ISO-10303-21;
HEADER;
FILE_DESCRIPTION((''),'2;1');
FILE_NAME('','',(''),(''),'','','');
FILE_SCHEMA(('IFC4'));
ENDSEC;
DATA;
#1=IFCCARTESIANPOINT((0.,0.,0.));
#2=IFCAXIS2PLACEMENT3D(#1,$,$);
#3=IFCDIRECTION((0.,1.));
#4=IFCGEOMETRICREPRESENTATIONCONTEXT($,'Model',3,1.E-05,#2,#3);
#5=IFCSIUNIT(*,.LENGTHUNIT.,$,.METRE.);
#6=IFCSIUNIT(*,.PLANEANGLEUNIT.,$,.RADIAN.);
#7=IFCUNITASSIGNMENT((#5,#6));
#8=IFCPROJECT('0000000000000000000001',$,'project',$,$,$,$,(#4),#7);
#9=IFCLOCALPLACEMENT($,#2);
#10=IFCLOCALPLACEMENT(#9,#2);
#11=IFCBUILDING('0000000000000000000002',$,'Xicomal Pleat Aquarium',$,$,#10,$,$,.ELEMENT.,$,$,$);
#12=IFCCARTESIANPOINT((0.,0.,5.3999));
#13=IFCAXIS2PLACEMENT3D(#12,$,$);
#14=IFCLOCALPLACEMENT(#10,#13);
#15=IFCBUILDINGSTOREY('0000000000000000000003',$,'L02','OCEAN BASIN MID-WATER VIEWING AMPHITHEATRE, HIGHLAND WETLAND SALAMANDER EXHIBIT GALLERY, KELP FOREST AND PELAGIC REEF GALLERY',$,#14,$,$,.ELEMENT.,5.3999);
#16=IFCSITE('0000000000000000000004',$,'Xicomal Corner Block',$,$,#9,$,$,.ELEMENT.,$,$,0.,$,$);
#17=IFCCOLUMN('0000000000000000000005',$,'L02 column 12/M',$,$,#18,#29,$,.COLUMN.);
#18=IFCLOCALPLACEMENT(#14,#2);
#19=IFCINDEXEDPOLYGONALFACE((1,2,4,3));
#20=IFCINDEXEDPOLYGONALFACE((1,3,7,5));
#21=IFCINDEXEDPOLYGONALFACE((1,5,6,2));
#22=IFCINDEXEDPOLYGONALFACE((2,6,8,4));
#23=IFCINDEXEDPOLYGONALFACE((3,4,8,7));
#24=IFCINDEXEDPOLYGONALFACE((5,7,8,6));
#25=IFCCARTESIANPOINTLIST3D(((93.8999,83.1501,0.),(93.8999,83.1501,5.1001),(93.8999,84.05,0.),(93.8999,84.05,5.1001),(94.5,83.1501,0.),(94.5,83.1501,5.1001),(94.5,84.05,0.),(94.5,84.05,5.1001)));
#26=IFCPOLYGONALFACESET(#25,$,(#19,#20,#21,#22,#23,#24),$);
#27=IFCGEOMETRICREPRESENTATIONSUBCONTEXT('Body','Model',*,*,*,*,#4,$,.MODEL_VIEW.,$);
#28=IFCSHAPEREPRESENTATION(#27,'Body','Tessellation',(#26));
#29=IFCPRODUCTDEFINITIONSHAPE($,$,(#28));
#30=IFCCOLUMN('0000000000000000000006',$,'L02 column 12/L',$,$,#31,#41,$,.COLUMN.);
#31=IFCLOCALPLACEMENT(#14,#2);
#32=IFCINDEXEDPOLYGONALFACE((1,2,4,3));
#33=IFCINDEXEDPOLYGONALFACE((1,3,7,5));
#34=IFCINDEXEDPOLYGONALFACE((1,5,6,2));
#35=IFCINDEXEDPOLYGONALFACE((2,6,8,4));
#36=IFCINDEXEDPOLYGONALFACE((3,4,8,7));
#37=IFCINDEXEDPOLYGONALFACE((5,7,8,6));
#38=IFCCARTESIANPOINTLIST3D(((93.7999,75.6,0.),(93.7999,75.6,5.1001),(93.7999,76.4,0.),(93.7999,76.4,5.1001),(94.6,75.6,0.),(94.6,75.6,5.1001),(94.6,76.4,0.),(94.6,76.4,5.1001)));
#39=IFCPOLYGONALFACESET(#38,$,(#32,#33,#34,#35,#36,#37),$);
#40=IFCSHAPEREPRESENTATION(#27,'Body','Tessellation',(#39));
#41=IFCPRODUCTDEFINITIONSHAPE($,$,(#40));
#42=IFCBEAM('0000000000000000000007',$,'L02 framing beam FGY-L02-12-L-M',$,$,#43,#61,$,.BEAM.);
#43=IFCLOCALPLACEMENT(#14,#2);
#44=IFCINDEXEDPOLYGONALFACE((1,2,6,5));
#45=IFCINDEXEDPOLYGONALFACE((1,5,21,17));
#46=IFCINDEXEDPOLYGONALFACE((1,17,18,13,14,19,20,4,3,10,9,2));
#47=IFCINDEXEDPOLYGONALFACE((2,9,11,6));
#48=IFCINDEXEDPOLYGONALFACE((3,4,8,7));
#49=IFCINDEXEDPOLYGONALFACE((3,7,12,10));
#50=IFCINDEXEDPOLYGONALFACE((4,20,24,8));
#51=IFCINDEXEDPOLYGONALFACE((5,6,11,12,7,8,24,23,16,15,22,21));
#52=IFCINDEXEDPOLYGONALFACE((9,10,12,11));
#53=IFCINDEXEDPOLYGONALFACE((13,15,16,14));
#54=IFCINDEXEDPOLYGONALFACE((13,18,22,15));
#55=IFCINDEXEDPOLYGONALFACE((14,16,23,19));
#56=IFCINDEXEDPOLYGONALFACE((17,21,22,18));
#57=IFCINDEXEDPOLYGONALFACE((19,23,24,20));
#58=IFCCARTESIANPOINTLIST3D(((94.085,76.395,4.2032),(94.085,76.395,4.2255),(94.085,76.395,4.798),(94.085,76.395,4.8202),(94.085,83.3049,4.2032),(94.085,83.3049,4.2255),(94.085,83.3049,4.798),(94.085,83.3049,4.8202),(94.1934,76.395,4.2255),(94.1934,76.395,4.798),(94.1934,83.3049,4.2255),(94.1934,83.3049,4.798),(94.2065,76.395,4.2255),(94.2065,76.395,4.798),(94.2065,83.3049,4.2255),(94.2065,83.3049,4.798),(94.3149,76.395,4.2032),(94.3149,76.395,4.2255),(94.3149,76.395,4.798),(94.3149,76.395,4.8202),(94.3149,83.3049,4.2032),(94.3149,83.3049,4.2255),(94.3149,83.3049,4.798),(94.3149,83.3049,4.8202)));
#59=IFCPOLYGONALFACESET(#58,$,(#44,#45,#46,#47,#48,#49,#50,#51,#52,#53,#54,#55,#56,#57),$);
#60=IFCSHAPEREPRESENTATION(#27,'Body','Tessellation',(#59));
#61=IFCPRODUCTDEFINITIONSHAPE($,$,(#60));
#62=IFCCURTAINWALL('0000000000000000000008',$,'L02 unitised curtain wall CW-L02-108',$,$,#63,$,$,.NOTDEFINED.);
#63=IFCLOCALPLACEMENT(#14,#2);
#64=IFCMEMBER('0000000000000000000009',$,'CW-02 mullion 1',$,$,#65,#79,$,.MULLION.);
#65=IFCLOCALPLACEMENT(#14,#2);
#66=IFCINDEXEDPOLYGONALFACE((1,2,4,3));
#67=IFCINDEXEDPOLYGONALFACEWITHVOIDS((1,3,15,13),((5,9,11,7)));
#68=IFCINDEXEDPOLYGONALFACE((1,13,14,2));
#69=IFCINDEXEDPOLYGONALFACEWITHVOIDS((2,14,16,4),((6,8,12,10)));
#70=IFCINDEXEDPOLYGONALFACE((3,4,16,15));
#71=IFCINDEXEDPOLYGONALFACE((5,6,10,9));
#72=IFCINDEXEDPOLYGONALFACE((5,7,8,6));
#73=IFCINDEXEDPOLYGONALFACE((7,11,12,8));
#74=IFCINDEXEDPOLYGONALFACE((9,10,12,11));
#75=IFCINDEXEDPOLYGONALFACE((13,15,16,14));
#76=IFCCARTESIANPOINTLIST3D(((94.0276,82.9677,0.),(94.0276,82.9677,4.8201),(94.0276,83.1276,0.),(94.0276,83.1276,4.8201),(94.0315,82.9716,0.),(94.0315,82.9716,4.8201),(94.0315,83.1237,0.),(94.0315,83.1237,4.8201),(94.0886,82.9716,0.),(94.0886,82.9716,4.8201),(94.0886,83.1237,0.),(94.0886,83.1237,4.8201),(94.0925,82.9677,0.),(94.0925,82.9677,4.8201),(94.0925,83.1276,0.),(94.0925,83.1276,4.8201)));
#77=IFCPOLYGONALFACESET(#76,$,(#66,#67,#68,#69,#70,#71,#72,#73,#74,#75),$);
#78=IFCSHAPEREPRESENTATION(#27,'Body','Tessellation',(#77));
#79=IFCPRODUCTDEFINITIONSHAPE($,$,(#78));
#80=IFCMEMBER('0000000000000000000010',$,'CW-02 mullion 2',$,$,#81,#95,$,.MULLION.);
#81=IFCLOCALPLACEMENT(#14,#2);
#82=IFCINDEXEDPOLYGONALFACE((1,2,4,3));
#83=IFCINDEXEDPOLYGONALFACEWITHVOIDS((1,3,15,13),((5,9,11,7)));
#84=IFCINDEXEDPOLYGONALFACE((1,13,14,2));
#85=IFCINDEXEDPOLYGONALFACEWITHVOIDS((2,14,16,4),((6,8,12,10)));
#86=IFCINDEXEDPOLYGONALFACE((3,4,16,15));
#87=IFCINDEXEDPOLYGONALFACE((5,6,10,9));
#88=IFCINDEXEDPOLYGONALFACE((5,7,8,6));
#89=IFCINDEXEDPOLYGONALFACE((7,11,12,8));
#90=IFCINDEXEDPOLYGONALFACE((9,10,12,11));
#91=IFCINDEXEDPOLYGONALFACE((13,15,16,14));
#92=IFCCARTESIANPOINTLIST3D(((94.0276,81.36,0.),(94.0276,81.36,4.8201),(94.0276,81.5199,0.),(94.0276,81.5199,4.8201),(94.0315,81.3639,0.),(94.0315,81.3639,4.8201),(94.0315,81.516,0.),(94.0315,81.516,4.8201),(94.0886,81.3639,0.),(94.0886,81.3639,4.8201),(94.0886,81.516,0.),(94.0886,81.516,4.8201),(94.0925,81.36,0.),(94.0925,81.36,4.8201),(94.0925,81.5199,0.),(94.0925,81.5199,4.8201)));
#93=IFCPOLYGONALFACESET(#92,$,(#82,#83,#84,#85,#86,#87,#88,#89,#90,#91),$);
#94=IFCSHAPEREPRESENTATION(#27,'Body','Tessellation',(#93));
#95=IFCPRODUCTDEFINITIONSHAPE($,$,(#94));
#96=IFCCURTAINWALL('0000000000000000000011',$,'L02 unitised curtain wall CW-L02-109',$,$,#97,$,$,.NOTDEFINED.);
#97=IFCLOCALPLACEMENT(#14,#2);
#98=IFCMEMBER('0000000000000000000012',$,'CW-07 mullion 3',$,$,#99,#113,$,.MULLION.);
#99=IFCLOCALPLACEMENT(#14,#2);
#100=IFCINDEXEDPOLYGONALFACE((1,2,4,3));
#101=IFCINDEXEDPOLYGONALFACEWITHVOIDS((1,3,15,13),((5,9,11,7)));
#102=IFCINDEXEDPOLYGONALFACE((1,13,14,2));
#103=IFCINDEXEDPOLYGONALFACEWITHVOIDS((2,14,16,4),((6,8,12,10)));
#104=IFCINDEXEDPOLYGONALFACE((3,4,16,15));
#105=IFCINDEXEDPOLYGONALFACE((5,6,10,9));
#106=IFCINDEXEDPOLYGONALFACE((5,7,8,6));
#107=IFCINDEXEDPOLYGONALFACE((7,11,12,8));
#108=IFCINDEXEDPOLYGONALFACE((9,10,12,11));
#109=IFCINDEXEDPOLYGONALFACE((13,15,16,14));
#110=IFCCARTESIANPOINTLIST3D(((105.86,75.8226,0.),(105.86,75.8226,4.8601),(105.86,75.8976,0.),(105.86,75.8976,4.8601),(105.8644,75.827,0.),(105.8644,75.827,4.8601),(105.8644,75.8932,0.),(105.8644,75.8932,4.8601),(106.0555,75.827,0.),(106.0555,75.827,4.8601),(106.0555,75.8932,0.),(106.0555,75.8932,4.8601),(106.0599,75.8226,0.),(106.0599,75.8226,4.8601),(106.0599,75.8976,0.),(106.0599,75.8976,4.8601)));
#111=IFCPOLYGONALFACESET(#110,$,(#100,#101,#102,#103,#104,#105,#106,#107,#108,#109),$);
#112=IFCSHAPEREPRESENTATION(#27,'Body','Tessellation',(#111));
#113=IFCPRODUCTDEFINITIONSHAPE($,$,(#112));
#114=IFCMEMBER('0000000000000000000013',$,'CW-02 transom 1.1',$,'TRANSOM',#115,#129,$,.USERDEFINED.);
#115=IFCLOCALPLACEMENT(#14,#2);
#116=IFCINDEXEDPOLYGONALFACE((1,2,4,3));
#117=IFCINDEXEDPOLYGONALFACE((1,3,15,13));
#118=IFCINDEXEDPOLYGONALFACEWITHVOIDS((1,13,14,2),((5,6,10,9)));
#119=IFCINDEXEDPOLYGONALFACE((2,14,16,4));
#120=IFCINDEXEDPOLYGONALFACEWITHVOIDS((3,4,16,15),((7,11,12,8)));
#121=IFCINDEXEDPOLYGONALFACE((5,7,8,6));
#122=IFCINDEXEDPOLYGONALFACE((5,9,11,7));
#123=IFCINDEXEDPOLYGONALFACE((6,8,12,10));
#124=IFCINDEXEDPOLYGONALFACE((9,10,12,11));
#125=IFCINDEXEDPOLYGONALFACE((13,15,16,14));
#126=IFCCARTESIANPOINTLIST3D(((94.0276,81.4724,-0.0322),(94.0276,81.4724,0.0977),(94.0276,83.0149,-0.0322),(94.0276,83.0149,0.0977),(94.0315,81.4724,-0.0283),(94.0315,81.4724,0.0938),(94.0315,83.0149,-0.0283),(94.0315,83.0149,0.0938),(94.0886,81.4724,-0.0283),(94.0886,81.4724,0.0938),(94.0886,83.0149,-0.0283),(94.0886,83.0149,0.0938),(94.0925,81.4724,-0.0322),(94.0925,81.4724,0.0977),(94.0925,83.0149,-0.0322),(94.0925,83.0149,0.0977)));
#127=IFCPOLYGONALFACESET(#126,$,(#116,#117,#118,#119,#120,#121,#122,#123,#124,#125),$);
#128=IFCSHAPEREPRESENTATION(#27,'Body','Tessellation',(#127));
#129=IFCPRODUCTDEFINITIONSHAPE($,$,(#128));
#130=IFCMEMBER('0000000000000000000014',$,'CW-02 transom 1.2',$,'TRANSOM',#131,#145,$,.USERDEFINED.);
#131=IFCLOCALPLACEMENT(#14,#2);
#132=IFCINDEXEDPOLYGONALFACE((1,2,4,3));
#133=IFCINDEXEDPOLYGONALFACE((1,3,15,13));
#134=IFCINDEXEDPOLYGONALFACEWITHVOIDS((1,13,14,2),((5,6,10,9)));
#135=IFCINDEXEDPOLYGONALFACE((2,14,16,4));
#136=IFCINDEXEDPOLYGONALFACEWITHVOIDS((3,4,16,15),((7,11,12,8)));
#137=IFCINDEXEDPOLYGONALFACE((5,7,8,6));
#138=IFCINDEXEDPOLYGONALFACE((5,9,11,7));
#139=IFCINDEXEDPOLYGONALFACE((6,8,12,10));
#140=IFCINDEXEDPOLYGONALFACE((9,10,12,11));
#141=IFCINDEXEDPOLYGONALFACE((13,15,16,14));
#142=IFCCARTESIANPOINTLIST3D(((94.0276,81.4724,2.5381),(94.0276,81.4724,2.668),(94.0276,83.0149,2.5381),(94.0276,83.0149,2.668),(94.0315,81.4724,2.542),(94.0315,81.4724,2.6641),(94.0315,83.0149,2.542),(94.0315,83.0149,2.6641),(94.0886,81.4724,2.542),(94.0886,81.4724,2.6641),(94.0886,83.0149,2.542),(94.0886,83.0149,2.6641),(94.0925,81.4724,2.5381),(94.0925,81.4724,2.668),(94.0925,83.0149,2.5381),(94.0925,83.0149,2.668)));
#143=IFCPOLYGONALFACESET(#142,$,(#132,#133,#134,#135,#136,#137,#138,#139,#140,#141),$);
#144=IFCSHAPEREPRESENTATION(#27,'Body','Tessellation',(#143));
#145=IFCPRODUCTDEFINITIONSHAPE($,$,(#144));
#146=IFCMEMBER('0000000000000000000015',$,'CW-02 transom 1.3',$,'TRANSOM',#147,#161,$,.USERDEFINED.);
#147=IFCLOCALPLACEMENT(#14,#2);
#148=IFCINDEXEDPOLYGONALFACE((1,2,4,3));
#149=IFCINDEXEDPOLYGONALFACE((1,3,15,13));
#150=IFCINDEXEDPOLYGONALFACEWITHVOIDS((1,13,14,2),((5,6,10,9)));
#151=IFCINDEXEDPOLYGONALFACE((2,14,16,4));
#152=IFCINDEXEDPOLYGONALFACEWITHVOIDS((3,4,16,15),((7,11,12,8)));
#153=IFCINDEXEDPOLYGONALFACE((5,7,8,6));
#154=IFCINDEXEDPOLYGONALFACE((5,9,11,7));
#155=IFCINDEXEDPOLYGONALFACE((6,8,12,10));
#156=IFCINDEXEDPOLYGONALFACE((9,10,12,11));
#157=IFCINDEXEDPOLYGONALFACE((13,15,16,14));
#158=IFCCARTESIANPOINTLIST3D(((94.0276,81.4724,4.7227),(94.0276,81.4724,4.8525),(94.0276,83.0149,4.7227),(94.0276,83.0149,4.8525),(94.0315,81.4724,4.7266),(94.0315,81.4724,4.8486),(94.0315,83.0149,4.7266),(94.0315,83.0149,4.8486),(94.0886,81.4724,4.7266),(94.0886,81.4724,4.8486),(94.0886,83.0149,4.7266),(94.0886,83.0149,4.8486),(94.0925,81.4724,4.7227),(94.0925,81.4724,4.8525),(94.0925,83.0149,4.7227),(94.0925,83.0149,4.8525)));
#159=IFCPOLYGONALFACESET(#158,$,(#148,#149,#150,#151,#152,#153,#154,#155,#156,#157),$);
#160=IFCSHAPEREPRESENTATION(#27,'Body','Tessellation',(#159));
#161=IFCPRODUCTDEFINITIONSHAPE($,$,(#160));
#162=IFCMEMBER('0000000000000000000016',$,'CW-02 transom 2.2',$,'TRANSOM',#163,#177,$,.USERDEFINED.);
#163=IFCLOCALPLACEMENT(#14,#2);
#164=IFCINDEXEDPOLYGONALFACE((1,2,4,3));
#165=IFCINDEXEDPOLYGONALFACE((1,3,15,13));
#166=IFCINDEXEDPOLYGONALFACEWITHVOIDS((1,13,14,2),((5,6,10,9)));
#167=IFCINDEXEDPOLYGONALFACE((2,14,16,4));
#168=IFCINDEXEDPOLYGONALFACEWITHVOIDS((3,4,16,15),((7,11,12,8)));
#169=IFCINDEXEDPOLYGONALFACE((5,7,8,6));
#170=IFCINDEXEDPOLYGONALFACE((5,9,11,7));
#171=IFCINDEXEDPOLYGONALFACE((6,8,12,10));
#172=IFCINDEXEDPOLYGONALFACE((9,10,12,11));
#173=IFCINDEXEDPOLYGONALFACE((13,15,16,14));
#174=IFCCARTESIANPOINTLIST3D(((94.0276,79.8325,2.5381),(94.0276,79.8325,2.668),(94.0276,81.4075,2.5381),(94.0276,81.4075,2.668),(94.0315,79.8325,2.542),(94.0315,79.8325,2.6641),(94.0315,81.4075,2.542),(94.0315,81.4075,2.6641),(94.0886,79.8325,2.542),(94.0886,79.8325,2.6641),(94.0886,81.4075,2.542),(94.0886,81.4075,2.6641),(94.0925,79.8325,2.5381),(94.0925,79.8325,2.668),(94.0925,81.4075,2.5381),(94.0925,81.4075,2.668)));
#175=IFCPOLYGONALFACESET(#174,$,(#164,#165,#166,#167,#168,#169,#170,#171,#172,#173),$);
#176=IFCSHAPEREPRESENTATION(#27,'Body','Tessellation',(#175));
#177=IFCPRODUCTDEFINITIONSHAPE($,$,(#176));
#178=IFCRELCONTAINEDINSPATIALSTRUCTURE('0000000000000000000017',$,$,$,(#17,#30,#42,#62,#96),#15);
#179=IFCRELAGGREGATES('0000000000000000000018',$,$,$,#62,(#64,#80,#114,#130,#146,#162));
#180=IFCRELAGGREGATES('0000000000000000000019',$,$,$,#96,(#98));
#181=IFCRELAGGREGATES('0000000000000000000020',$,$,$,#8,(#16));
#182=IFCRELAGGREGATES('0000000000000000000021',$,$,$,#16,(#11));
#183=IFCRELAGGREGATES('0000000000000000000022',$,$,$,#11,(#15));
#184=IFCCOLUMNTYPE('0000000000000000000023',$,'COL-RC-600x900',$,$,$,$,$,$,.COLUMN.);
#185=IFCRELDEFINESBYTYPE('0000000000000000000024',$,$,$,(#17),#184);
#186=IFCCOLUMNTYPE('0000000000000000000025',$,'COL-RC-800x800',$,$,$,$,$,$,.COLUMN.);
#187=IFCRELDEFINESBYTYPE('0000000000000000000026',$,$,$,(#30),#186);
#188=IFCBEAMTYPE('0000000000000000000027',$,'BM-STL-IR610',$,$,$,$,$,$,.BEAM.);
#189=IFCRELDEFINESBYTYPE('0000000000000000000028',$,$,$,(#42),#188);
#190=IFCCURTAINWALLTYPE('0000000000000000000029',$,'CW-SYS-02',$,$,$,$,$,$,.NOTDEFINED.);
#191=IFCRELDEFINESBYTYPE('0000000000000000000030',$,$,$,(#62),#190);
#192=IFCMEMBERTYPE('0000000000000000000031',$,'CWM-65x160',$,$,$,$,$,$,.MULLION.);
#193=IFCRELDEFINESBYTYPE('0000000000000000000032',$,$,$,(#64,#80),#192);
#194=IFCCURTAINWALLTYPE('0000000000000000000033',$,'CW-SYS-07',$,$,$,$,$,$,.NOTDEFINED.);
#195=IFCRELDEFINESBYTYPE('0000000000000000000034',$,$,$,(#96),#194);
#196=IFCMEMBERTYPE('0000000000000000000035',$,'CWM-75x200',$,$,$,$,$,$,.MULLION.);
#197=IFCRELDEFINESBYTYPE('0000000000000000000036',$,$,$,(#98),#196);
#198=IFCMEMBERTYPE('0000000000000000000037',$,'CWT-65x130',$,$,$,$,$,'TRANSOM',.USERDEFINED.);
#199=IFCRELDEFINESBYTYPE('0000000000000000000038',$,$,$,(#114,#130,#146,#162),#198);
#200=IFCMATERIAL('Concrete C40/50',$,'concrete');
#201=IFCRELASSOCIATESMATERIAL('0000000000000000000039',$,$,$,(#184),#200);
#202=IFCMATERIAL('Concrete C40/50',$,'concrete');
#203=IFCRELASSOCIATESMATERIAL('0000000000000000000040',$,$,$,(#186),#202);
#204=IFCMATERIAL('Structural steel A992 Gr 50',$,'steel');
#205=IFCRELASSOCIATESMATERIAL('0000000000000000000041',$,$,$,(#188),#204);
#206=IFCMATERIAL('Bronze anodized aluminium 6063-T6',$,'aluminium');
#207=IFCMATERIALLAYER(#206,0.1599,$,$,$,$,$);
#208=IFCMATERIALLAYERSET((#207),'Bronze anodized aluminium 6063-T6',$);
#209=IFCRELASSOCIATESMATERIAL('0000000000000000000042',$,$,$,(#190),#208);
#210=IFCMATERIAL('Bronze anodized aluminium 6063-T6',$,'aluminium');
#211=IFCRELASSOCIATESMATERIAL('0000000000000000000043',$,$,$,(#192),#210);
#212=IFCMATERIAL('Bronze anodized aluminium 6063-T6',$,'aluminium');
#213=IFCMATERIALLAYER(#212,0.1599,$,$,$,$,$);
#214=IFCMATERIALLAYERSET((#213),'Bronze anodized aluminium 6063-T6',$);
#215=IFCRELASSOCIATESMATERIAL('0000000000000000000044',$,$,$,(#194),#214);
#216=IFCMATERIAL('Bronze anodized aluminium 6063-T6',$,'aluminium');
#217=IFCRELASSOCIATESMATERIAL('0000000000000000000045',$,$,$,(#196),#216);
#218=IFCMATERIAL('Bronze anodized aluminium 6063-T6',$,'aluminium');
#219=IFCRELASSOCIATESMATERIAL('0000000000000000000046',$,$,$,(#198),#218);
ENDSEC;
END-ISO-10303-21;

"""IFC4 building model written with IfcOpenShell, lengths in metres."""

from ifc_helpers import new_model, si_unit, direction, frame, origin, origin_2d, place, context, subcontext, project, spatial, rectangle, hollow_rectangle, i_section, extrude, material, layer, layer_set, material_profile, profile_set, type_object, element, aggregate, save


model = new_model("IFC4")

# Units and contexts
model_context = context("Model", 3, precision=1e-05, world=origin(), true_north=direction((0.0, 1.0)))
body_context = subcontext(model_context, "Body", "Model", "MODEL_VIEW")
ifc_project = project(units=[si_unit("LENGTHUNIT", "METRE"), si_unit("PLANEANGLEUNIT", "RADIAN")], contexts=[model_context])

# Site, building, storey
site_placement = place(None, origin())
site = spatial("IfcSite", under=ifc_project, at=site_placement, Name="Xicomal Corner Block", CompositionType="ELEMENT", RefElevation=0.0)
building_placement = place(site_placement, origin())
building = spatial("IfcBuilding", under=site, at=building_placement, Name="Xicomal Pleat Aquarium", CompositionType="ELEMENT")
storey_placement = place(building_placement, frame((0.0, 0.0, 5.3999)))
storey = spatial("IfcBuildingStorey", under=building, at=storey_placement, Name="L02", Description="OCEAN BASIN MID-WATER VIEWING AMPHITHEATRE, HIGHLAND WETLAND SALAMANDER EXHIBIT GALLERY, KELP FOREST AND PELAGIC REEF GALLERY", CompositionType="ELEMENT", Elevation=5.3999)

# Columns
ifc_material_1 = material(Name="Concrete C40/50", Category="concrete")
ifc_material_profile_1 = material_profile(ifc_material_1, rectangle(XDim=0.6001, YDim=0.8999, at=origin_2d()), Name="RC 600x900")
ifc_profile_set_1 = profile_set([ifc_material_profile_1], Name="Concrete C40/50")
column_type_1 = type_object("IfcColumnType", Name="COL-RC-600x900", PredefinedType="COLUMN", material=ifc_profile_set_1)
column_1_placement = place(storey_placement, frame((94.2, 83.6001, 0.0), z_axis=(0.0, 0.0, 1.0), x_axis=(1.0, 0.0, 0.0)))
element("IfcColumn", 1, at=column_1_placement, inside=storey, type_object=column_type_1, Name="L02 column 12/M", PredefinedType="COLUMN", context=body_context, shape_type="SweptSolid", body=[
    extrude(rectangle(XDim=0.6001, YDim=0.8999, at=origin_2d()), origin(), (0.0, 0.0, 1.0), 5.1001),
])
ifc_material_2 = material(Name="Concrete C40/50", Category="concrete")
ifc_material_profile_2 = material_profile(ifc_material_2, rectangle(XDim=0.8, YDim=0.8, at=origin_2d()), Name="RC 800x800")
ifc_profile_set_2 = profile_set([ifc_material_profile_2], Name="Concrete C40/50")
column_type_2 = type_object("IfcColumnType", Name="COL-RC-800x800", PredefinedType="COLUMN", material=ifc_profile_set_2)
column_2_placement = place(storey_placement, frame((94.2, 76.0, 0.0), z_axis=(0.0, 0.0, 1.0), x_axis=(1.0, 0.0, 0.0)))
element("IfcColumn", 2, at=column_2_placement, inside=storey, type_object=column_type_2, Name="L02 column 12/L", PredefinedType="COLUMN", context=body_context, shape_type="SweptSolid", body=[
    extrude(rectangle(XDim=0.8, YDim=0.8, at=origin_2d()), origin(), (0.0, 0.0, 1.0), 5.1001),
])

# Beam
ifc_material_3 = material(Name="Structural steel A992 Gr 50", Category="steel")
ifc_material_profile_3 = material_profile(ifc_material_3, i_section(OverallWidth=0.23, OverallDepth=0.6169, WebThickness=0.0132, FlangeThickness=0.0222, at=origin_2d()), Name="IR 610x140")
ifc_profile_set_3 = profile_set([ifc_material_profile_3], Name="Structural steel A992 Gr 50")
beam_type = type_object("IfcBeamType", Name="BM-STL-IR610", PredefinedType="BEAM", material=ifc_profile_set_3)
beam_placement = place(storey_placement, frame((94.2, 76.395, 4.5117), z_axis=(0.0, 1.0, 0.0), x_axis=(-1.0, 0.0, 0.0)))
element("IfcBeam", 3, at=beam_placement, inside=storey, type_object=beam_type, Name="L02 framing beam FGY-L02-12-L-M", PredefinedType="BEAM", context=body_context, shape_type="SweptSolid", body=[
    extrude(i_section(OverallWidth=0.23, OverallDepth=0.6169, WebThickness=0.0132, FlangeThickness=0.0222, at=origin_2d()), origin(), (0.0, 0.0, 1.0), 6.9099),
])

# Curtain wall, members
ifc_material_4 = material(Name="Bronze anodized aluminium 6063-T6", Category="aluminium")
ifc_layer_1 = layer(ifc_material_4, 0.1599)
ifc_layer_set_1 = layer_set([ifc_layer_1], Name="Bronze anodized aluminium 6063-T6")
curtain_wall_type_1 = type_object("IfcCurtainWallType", Name="CW-SYS-02", PredefinedType="NOTDEFINED", material=ifc_layer_set_1)
curtain_wall_1_placement = place(storey_placement, origin())
curtain_wall_1 = element("IfcCurtainWall", 4, at=curtain_wall_1_placement, inside=storey, type_object=curtain_wall_type_1, Name="L02 unitised curtain wall CW-L02-108", PredefinedType="NOTDEFINED")
ifc_material_5 = material(Name="Bronze anodized aluminium 6063-T6", Category="aluminium")
ifc_material_profile_4 = material_profile(ifc_material_5, hollow_rectangle(XDim=0.0649, YDim=0.1599, WallThickness=0.0039, at=origin_2d()), Name="ALU MULL 65x160")
ifc_profile_set_4 = profile_set([ifc_material_profile_4], Name="Bronze anodized aluminium 6063-T6")
member_type_1 = type_object("IfcMemberType", Name="CWM-65x160", PredefinedType="MULLION", material=ifc_profile_set_4)
member_1_placement = place(storey_placement, frame((94.0601, 83.0476, 0.0), z_axis=(0.0, 0.0, 1.0), x_axis=(1.0, 0.0, 0.0)))
member_1 = element("IfcMember", 5, at=member_1_placement, type_object=member_type_1, Name="CW-02 mullion 1", PredefinedType="MULLION", context=body_context, shape_type="SweptSolid", body=[
    extrude(hollow_rectangle(XDim=0.0649, YDim=0.1599, WallThickness=0.0039, at=origin_2d()), origin(), (0.0, 0.0, 1.0), 4.8201),
])
member_2_placement = place(storey_placement, frame((94.0601, 81.4399, 0.0), z_axis=(0.0, 0.0, 1.0), x_axis=(1.0, 0.0, 0.0)))
member_2 = element("IfcMember", 6, at=member_2_placement, type_object=member_type_1, Name="CW-02 mullion 2", PredefinedType="MULLION", context=body_context, shape_type="SweptSolid", body=[
    extrude(hollow_rectangle(XDim=0.0649, YDim=0.1599, WallThickness=0.0039, at=origin_2d()), origin(), (0.0, 0.0, 1.0), 4.8201),
])

# Curtain wall, member
ifc_material_6 = material(Name="Bronze anodized aluminium 6063-T6", Category="aluminium")
ifc_layer_2 = layer(ifc_material_6, 0.1599)
ifc_layer_set_2 = layer_set([ifc_layer_2], Name="Bronze anodized aluminium 6063-T6")
curtain_wall_type_2 = type_object("IfcCurtainWallType", Name="CW-SYS-07", PredefinedType="NOTDEFINED", material=ifc_layer_set_2)
curtain_wall_2_placement = place(storey_placement, origin())
curtain_wall_2 = element("IfcCurtainWall", 7, at=curtain_wall_2_placement, inside=storey, type_object=curtain_wall_type_2, Name="L02 unitised curtain wall CW-L02-109", PredefinedType="NOTDEFINED")
ifc_material_7 = material(Name="Bronze anodized aluminium 6063-T6", Category="aluminium")
ifc_material_profile_5 = material_profile(ifc_material_7, hollow_rectangle(XDim=0.075, YDim=0.2, WallThickness=0.0044, at=origin_2d()), Name="ALU MULL 75x200")
ifc_profile_set_5 = profile_set([ifc_material_profile_5], Name="Bronze anodized aluminium 6063-T6")
member_type_2 = type_object("IfcMemberType", Name="CWM-75x200", PredefinedType="MULLION", material=ifc_profile_set_5)
member_3_placement = place(storey_placement, frame((105.96, 75.8601, 0.0), z_axis=(0.0, 0.0, 1.0), x_axis=(0.0, 1.0, 0.0)))
member_3 = element("IfcMember", 8, at=member_3_placement, type_object=member_type_2, Name="CW-07 mullion 3", PredefinedType="MULLION", context=body_context, shape_type="SweptSolid", body=[
    extrude(hollow_rectangle(XDim=0.075, YDim=0.2, WallThickness=0.0044, at=origin_2d()), origin(), (0.0, 0.0, 1.0), 4.8601),
])

# Members
ifc_material_8 = material(Name="Bronze anodized aluminium 6063-T6", Category="aluminium")
ifc_material_profile_6 = material_profile(ifc_material_8, hollow_rectangle(XDim=0.0649, YDim=0.1299, WallThickness=0.0039, at=origin_2d()), Name="ALU TRAN 65x130")
ifc_profile_set_6 = profile_set([ifc_material_profile_6], Name="Bronze anodized aluminium 6063-T6")
member_type_3 = type_object("IfcMemberType", Name="CWT-65x130", ElementType="TRANSOM", PredefinedType="USERDEFINED", material=ifc_profile_set_6)
member_4_placement = place(storey_placement, frame((94.0601, 83.0149, 0.0327), z_axis=(0.0, -1.0, 0.0), x_axis=(1.0, 0.0, 0.0)))
member_4 = element("IfcMember", 9, at=member_4_placement, type_object=member_type_3, Name="CW-02 transom 1.1", ObjectType="TRANSOM", PredefinedType="USERDEFINED", context=body_context, shape_type="SweptSolid", body=[
    extrude(hollow_rectangle(XDim=0.0649, YDim=0.1299, WallThickness=0.0039, at=origin_2d()), origin(), (0.0, 0.0, 1.0), 1.5425),
])
member_5_placement = place(storey_placement, frame((94.0601, 83.0149, 2.603), z_axis=(0.0, -1.0, 0.0), x_axis=(1.0, 0.0, 0.0)))
member_5 = element("IfcMember", 10, at=member_5_placement, type_object=member_type_3, Name="CW-02 transom 1.2", ObjectType="TRANSOM", PredefinedType="USERDEFINED", context=body_context, shape_type="SweptSolid", body=[
    extrude(hollow_rectangle(XDim=0.0649, YDim=0.1299, WallThickness=0.0039, at=origin_2d()), origin(), (0.0, 0.0, 1.0), 1.5425),
])
member_6_placement = place(storey_placement, frame((94.0601, 83.0149, 4.7876), z_axis=(0.0, -1.0, 0.0), x_axis=(1.0, 0.0, 0.0)))
member_6 = element("IfcMember", 11, at=member_6_placement, type_object=member_type_3, Name="CW-02 transom 1.3", ObjectType="TRANSOM", PredefinedType="USERDEFINED", context=body_context, shape_type="SweptSolid", body=[
    extrude(hollow_rectangle(XDim=0.0649, YDim=0.1299, WallThickness=0.0039, at=origin_2d()), origin(), (0.0, 0.0, 1.0), 1.5425),
])
member_7_placement = place(storey_placement, frame((94.0601, 81.4075, 2.603), z_axis=(0.0, -1.0, 0.0), x_axis=(1.0, 0.0, 0.0)))
member_7 = element("IfcMember", 12, at=member_7_placement, type_object=member_type_3, Name="CW-02 transom 2.2", ObjectType="TRANSOM", PredefinedType="USERDEFINED", context=body_context, shape_type="SweptSolid", body=[
    extrude(hollow_rectangle(XDim=0.0649, YDim=0.1299, WallThickness=0.0039, at=origin_2d()), origin(), (0.0, 0.0, 1.0), 1.575),
])

aggregate(curtain_wall_1, [member_1, member_2, member_4, member_5, member_6, member_7])
aggregate(curtain_wall_2, [member_3])

save(model, "model.ifc")
